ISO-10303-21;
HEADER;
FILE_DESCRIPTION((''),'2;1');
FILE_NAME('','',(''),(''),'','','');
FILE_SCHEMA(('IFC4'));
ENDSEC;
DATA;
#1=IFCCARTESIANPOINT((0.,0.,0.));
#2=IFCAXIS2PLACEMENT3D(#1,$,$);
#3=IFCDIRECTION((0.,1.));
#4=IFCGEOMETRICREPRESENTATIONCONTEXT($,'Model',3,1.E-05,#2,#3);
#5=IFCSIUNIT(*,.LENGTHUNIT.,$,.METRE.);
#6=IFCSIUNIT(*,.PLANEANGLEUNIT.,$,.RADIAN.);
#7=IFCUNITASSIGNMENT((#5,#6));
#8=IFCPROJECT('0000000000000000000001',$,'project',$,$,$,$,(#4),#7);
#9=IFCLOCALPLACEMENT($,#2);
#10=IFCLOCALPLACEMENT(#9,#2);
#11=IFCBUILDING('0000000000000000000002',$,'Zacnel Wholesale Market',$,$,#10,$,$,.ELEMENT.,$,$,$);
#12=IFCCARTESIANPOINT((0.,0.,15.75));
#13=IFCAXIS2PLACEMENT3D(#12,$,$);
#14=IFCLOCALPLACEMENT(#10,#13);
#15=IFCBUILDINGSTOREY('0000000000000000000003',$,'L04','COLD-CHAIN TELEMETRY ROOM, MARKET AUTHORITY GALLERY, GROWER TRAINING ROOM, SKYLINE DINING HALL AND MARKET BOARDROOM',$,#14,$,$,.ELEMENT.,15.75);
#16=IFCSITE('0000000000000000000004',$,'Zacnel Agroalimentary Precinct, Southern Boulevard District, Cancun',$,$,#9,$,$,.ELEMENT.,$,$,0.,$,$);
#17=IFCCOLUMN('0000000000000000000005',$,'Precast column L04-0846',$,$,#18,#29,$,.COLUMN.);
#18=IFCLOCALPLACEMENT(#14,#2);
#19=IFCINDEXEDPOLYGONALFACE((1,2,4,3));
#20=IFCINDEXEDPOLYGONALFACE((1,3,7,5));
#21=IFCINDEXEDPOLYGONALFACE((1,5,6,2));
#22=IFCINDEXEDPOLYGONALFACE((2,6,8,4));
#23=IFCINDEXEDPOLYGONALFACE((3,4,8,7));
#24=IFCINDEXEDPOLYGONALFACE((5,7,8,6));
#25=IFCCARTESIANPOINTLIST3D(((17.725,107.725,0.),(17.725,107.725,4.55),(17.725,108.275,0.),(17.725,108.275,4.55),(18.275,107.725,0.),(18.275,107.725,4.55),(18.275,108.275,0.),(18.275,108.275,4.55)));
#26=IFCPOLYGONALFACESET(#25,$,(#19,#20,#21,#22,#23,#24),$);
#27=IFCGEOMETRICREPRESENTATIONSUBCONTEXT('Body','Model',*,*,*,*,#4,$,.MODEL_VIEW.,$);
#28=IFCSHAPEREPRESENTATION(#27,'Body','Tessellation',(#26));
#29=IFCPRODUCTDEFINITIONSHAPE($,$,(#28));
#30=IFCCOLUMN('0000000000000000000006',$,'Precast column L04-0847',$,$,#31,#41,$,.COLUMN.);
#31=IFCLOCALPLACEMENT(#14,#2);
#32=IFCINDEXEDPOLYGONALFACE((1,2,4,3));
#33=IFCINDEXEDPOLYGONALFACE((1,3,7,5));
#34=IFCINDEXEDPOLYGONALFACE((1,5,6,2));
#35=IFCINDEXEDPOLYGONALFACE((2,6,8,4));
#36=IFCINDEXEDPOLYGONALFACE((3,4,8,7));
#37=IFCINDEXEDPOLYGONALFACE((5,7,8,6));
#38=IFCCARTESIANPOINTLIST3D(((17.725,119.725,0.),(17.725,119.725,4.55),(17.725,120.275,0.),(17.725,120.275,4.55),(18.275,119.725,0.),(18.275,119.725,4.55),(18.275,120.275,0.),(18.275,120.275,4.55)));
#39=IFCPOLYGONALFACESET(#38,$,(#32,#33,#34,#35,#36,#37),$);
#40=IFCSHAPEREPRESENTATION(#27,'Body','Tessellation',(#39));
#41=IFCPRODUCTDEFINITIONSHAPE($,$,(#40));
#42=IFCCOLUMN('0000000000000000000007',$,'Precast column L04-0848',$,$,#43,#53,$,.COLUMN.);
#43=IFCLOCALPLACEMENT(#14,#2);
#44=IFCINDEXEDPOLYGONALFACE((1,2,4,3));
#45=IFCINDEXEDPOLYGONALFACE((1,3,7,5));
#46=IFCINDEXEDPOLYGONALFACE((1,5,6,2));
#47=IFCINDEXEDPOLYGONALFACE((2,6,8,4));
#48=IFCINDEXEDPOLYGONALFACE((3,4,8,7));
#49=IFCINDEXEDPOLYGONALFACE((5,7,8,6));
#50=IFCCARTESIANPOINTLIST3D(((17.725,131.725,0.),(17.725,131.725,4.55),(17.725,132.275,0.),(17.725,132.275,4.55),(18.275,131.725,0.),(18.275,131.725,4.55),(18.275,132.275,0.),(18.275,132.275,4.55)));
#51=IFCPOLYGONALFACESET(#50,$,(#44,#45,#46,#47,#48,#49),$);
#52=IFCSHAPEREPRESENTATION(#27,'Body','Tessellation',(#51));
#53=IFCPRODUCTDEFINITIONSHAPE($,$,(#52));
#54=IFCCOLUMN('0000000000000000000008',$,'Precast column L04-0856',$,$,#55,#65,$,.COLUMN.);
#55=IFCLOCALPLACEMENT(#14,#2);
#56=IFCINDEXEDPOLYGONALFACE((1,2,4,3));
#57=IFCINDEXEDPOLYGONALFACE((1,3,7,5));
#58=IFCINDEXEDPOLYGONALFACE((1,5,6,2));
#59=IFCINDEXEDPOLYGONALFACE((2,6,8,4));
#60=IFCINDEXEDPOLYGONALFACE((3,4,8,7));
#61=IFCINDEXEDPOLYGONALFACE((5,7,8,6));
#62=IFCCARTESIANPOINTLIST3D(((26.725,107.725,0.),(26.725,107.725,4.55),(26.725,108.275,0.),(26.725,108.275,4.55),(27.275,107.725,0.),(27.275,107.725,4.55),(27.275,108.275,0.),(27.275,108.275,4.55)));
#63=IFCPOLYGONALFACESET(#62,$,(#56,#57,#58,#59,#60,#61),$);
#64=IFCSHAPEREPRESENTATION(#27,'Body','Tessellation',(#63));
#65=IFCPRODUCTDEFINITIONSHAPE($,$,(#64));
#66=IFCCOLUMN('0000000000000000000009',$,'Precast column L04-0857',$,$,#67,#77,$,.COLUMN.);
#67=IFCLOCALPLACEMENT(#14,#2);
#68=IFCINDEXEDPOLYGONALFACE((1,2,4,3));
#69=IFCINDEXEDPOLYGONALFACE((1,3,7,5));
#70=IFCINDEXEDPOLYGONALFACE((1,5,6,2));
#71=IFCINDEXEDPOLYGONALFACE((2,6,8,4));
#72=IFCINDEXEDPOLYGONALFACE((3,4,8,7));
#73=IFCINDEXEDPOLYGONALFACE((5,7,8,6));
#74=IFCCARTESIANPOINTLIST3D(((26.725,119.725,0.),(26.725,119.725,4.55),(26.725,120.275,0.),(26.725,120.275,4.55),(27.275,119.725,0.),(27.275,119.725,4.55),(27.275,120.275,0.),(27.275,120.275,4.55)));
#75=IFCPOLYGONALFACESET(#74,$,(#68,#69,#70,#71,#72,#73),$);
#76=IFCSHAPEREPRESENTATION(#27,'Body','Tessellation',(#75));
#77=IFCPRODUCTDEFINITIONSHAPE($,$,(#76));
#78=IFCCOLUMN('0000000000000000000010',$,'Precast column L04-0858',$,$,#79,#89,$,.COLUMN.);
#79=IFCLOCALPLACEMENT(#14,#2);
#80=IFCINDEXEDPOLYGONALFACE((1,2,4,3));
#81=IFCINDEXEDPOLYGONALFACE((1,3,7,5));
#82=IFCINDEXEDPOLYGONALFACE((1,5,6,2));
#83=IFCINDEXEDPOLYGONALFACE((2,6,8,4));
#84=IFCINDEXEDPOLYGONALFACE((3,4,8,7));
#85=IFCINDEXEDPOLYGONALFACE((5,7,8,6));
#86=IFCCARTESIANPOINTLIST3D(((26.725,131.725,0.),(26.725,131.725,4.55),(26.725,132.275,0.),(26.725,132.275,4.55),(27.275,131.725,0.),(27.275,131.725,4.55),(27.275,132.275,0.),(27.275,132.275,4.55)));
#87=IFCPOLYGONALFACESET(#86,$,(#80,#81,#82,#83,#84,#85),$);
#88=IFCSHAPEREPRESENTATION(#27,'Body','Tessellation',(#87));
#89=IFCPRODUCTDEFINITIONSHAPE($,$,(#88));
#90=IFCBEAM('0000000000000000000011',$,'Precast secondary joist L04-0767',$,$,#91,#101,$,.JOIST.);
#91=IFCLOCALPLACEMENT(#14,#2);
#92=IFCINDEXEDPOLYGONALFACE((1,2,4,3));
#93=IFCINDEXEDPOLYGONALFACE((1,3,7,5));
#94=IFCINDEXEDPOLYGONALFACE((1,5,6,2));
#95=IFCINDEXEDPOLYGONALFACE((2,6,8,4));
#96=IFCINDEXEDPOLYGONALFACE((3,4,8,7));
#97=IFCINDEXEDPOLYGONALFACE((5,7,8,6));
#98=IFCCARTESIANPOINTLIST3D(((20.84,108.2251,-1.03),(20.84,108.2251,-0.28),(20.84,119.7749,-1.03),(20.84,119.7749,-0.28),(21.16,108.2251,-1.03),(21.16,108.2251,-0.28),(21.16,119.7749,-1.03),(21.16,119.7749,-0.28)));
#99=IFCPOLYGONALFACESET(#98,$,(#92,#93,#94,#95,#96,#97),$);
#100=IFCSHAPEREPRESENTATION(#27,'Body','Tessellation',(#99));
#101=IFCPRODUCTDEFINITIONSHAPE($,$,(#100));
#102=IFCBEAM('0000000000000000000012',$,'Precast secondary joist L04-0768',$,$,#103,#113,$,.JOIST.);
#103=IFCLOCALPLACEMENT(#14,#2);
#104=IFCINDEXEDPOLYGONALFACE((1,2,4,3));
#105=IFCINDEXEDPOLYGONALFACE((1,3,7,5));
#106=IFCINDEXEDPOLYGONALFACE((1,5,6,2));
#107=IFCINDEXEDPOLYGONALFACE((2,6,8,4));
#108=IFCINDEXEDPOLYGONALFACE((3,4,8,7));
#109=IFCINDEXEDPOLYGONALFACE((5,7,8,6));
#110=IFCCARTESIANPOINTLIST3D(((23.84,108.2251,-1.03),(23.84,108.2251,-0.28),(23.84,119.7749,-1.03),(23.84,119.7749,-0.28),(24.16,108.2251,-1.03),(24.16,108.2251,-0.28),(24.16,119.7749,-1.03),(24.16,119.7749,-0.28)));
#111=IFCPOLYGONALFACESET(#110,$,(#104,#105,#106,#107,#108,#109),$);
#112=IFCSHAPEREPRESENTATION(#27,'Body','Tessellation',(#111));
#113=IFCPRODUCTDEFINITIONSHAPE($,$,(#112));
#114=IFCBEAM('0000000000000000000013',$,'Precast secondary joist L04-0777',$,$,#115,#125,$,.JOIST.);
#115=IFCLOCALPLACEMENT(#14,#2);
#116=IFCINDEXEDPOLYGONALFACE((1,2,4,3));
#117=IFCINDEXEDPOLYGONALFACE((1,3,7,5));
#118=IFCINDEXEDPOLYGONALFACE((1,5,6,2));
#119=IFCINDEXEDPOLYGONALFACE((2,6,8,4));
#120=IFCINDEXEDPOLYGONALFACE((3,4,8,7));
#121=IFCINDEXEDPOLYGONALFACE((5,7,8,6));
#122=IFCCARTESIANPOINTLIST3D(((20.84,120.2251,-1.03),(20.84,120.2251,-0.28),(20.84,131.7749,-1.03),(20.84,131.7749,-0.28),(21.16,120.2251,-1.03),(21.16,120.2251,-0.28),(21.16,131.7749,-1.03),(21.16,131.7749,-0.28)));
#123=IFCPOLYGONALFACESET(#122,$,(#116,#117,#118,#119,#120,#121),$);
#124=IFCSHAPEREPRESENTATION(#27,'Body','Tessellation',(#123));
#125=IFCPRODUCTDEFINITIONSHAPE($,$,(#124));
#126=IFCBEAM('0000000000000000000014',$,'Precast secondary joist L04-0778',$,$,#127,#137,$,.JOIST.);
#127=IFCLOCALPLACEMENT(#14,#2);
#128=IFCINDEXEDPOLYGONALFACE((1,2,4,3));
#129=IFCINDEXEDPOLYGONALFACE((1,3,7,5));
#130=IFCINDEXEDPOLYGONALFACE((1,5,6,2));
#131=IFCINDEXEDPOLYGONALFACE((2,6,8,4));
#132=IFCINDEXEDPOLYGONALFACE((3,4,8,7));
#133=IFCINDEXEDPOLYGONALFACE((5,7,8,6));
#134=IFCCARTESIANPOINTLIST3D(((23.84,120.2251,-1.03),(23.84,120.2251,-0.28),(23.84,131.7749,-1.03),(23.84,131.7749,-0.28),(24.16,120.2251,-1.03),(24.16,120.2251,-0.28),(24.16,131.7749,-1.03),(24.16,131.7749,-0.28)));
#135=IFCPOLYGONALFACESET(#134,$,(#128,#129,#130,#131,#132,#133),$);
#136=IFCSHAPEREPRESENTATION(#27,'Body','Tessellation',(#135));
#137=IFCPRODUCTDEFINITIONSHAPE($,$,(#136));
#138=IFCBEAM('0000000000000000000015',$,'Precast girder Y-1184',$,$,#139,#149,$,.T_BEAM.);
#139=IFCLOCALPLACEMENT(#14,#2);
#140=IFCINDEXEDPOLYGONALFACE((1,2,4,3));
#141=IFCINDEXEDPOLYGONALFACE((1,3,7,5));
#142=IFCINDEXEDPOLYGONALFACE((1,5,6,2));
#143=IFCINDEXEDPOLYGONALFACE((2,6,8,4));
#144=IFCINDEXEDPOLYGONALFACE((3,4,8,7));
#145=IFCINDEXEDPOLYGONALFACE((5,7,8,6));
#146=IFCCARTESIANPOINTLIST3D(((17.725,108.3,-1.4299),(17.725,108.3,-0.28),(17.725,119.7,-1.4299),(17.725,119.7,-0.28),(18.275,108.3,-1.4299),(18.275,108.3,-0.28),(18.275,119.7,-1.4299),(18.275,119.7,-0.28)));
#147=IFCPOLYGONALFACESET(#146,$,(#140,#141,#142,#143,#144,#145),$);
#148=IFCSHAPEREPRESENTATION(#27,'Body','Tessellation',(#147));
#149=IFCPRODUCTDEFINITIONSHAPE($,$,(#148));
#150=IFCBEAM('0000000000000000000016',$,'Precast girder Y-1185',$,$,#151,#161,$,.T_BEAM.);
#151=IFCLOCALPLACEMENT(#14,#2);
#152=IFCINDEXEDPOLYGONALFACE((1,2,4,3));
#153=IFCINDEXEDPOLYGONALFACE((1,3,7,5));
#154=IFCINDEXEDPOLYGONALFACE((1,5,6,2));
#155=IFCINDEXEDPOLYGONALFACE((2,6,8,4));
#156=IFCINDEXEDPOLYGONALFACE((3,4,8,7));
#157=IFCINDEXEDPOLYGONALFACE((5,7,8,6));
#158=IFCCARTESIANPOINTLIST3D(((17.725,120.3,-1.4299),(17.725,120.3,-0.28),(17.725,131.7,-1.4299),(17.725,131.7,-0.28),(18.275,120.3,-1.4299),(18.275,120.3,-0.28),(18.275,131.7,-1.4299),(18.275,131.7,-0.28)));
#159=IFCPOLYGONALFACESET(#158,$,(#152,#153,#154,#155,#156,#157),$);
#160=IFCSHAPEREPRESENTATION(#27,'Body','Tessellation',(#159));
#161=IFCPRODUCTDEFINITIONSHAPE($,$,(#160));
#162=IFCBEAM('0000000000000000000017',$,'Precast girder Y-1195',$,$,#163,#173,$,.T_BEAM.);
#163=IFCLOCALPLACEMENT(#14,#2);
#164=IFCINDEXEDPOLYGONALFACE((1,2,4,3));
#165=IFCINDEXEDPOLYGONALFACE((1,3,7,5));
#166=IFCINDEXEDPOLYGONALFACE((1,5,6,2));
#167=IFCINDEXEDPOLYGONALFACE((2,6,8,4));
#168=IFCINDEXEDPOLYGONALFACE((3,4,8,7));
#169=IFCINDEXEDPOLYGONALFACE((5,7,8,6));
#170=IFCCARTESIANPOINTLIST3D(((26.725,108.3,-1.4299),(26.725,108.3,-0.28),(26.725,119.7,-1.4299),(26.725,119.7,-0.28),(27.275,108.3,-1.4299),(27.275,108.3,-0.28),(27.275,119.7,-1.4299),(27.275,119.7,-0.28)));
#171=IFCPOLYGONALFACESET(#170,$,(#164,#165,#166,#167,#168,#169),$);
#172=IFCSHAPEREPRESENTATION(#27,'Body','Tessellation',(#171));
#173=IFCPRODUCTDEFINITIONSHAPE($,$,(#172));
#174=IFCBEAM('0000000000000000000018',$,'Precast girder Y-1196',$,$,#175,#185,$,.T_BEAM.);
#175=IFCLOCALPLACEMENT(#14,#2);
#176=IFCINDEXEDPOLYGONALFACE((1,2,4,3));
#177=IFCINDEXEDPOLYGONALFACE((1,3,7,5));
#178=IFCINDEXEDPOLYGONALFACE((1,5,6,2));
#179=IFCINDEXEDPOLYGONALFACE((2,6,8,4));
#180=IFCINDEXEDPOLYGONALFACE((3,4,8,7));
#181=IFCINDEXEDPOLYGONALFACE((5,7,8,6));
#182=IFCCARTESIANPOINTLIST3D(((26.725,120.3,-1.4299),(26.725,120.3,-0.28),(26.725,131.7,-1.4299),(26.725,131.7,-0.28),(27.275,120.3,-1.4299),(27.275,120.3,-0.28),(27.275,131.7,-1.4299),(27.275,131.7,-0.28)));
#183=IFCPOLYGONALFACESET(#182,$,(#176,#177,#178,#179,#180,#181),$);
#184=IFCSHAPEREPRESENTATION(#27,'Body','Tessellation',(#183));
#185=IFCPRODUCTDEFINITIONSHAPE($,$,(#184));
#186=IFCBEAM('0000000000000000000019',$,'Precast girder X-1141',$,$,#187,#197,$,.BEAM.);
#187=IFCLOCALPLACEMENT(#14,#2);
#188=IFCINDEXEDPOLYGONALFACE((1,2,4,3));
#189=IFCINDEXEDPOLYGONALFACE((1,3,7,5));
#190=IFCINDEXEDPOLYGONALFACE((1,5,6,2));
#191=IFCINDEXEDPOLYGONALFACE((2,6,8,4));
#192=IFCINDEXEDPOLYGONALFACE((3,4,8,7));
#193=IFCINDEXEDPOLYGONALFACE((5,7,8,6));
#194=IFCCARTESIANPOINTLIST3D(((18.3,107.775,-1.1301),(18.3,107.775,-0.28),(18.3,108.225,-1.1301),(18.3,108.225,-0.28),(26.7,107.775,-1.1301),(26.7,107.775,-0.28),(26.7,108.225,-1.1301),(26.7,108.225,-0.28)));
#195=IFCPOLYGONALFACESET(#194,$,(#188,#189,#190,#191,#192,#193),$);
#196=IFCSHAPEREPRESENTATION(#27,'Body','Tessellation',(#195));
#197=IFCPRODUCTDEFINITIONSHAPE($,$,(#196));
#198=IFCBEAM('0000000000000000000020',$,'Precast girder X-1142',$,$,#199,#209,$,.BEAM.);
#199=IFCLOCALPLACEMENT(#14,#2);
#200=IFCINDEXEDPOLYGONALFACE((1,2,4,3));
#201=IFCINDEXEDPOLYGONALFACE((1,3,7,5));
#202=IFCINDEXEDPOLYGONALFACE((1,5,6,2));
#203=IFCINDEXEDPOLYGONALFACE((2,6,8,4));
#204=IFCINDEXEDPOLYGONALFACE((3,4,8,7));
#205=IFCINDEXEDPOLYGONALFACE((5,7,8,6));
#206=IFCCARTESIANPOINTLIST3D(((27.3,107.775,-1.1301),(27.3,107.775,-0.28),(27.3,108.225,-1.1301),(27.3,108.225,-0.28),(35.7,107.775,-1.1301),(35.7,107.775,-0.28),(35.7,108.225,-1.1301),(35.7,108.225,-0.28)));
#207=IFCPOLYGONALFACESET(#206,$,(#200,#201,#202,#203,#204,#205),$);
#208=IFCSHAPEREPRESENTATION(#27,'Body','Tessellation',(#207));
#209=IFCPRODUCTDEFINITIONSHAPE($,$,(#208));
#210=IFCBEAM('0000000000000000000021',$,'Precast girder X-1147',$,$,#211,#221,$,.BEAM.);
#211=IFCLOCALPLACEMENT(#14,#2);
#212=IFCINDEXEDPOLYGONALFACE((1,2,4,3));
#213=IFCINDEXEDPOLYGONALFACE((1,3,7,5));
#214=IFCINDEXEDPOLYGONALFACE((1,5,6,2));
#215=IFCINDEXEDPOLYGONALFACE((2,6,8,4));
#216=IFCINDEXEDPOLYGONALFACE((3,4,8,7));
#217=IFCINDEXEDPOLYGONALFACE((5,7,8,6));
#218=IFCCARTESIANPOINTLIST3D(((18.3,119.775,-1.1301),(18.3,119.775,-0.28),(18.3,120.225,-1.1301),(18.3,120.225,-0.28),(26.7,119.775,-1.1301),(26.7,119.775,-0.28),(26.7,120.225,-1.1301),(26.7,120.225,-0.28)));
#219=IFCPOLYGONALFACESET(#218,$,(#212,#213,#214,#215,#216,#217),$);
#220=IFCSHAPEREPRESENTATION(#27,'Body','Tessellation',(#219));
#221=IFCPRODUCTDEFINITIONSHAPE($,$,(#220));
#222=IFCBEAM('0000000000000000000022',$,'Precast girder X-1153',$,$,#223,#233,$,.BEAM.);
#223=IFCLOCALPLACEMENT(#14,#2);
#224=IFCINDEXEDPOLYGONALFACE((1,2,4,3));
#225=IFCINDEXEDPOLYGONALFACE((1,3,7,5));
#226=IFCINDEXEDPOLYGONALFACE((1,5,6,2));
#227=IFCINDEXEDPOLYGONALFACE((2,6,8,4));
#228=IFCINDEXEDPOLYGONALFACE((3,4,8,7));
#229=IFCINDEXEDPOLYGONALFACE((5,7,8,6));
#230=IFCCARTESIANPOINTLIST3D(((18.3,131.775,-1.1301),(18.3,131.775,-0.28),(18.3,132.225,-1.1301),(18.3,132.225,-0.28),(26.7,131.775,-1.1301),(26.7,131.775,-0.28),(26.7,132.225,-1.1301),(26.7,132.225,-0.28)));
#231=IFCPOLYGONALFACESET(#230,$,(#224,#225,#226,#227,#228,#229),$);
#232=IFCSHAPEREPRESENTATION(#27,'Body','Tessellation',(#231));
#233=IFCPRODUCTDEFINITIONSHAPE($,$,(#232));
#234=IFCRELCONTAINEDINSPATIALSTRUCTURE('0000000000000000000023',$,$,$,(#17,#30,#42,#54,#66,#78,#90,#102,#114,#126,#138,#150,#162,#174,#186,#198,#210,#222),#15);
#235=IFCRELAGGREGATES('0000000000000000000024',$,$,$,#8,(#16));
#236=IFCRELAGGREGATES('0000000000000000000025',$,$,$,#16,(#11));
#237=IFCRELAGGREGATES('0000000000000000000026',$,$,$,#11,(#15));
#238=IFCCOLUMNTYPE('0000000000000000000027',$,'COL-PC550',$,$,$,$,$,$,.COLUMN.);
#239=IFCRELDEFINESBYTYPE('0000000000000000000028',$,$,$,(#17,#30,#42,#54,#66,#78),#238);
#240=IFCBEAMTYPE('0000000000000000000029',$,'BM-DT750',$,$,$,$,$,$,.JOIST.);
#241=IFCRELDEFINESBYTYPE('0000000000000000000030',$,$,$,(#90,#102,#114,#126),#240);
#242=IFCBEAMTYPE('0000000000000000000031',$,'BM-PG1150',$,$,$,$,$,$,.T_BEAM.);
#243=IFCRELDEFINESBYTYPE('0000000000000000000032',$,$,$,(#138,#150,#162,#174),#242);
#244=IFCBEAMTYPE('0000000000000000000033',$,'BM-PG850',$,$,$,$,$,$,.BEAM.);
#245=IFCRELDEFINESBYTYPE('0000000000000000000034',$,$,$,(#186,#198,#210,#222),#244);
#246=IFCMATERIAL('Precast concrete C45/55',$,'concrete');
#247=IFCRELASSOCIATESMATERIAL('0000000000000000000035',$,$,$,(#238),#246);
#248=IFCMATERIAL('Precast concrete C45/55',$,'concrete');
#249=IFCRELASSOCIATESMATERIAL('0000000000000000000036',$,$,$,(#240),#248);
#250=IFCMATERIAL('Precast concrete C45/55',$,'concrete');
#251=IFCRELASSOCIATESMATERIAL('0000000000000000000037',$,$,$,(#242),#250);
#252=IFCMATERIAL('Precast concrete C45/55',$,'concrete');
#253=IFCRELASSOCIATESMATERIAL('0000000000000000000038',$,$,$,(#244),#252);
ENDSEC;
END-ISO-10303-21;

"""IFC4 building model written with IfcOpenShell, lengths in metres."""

from ifc_helpers import new_model, si_unit, direction, frame, origin, origin_2d, place, context, subcontext, project, spatial, rectangle, extrude, material, material_profile, profile_set, type_object, element, save


model = new_model("IFC4")

# Units and contexts
model_context = context("Model", 3, precision=1e-05, world=origin(), true_north=direction((0.0, 1.0)))
body_context = subcontext(model_context, "Body", "Model", "MODEL_VIEW")
ifc_project = project(units=[si_unit("LENGTHUNIT", "METRE"), si_unit("PLANEANGLEUNIT", "RADIAN")], contexts=[model_context])

# Site, building, storey
site_placement = place(None, origin())
site = spatial("IfcSite", under=ifc_project, at=site_placement, Name="Zacnel Agroalimentary Precinct, Southern Boulevard District, Cancun", CompositionType="ELEMENT", RefElevation=0.0)
building_placement = place(site_placement, origin())
building = spatial("IfcBuilding", under=site, at=building_placement, Name="Zacnel Wholesale Market", CompositionType="ELEMENT")
storey_placement = place(building_placement, frame((0.0, 0.0, 15.75)))
storey = spatial("IfcBuildingStorey", under=building, at=storey_placement, Name="L04", Description="COLD-CHAIN TELEMETRY ROOM, MARKET AUTHORITY GALLERY, GROWER TRAINING ROOM, SKYLINE DINING HALL AND MARKET BOARDROOM", CompositionType="ELEMENT", Elevation=15.75)

# Columns
ifc_material_1 = material(Name="Precast concrete C45/55", Category="concrete")
ifc_material_profile_1 = material_profile(ifc_material_1, rectangle(XDim=0.55, YDim=0.55, at=origin_2d()), Name="PC 550x550")
ifc_profile_set_1 = profile_set([ifc_material_profile_1], Name="Precast concrete C45/55")
column_type = type_object("IfcColumnType", Name="COL-PC550", PredefinedType="COLUMN", material=ifc_profile_set_1)
for number, where, z_axis, x_axis, name in (
    (1, (18.0, 108.0, 0.0), (0.0, 0.0, 1.0), (1.0, 0.0, 0.0), "Precast column L04-0846"),
    (2, (18.0, 120.0, 0.0), (0.0, 0.0, 1.0), (1.0, 0.0, 0.0), "Precast column L04-0847"),
    (3, (18.0, 132.0, 0.0), (0.0, 0.0, 1.0), (1.0, 0.0, 0.0), "Precast column L04-0848"),
    (4, (27.0, 108.0, 0.0), (0.0, 0.0, 1.0), (1.0, 0.0, 0.0), "Precast column L04-0856"),
    (5, (27.0, 120.0, 0.0), (0.0, 0.0, 1.0), (1.0, 0.0, 0.0), "Precast column L04-0857"),
    (6, (27.0, 132.0, 0.0), (0.0, 0.0, 1.0), (1.0, 0.0, 0.0), "Precast column L04-0858"),
):
    element("IfcColumn", number, at=place(storey_placement, frame(where, z_axis=z_axis, x_axis=x_axis)), inside=storey, type_object=column_type, Name=name, PredefinedType="COLUMN", context=body_context, shape_type="SweptSolid", body=[
        extrude(rectangle(XDim=0.55, YDim=0.55, at=origin_2d()), origin(), (0.0, 0.0, 1.0), 4.55),
    ])

# Beams
ifc_material_2 = material(Name="Precast concrete C45/55", Category="concrete")
ifc_material_profile_2 = material_profile(ifc_material_2, rectangle(XDim=0.3201, YDim=0.75, at=origin_2d()), Name="DT RIB 320x750")
ifc_profile_set_2 = profile_set([ifc_material_profile_2], Name="Precast concrete C45/55")
beam_type_1 = type_object("IfcBeamType", Name="BM-DT750", PredefinedType="JOIST", material=ifc_profile_set_2)
for number, where, z_axis, x_axis, name in (
    (7, (21.0, 108.2251, -0.655), (0.0, 1.0, 0.0), (-1.0, 0.0, 0.0), "Precast secondary joist L04-0767"),
    (8, (24.0, 108.2251, -0.655), (0.0, 1.0, 0.0), (-1.0, 0.0, 0.0), "Precast secondary joist L04-0768"),
    (9, (21.0, 120.2251, -0.655), (0.0, 1.0, 0.0), (-1.0, 0.0, 0.0), "Precast secondary joist L04-0777"),
    (10, (24.0, 120.2251, -0.655), (0.0, 1.0, 0.0), (-1.0, 0.0, 0.0), "Precast secondary joist L04-0778"),
):
    element("IfcBeam", number, at=place(storey_placement, frame(where, z_axis=z_axis, x_axis=x_axis)), inside=storey, type_object=beam_type_1, Name=name, PredefinedType="JOIST", context=body_context, shape_type="SweptSolid", body=[
        extrude(rectangle(XDim=0.3201, YDim=0.75, at=origin_2d()), origin(), (0.0, 0.0, 1.0), 11.5498),
    ])
ifc_material_3 = material(Name="Precast concrete C45/55", Category="concrete")
ifc_material_profile_3 = material_profile(ifc_material_3, rectangle(XDim=0.55, YDim=1.1499, at=origin_2d()), Name="PG 550x1150")
ifc_profile_set_3 = profile_set([ifc_material_profile_3], Name="Precast concrete C45/55")
beam_type_2 = type_object("IfcBeamType", Name="BM-PG1150", PredefinedType="T_BEAM", material=ifc_profile_set_3)
for number, where, z_axis, x_axis, name in (
    (11, (18.0, 108.3, -0.855), (0.0, 1.0, 0.0), (-1.0, 0.0, 0.0), "Precast girder Y-1184"),
    (12, (18.0, 120.3, -0.855), (0.0, 1.0, 0.0), (-1.0, 0.0, 0.0), "Precast girder Y-1185"),
    (13, (27.0, 108.3, -0.855), (0.0, 1.0, 0.0), (-1.0, 0.0, 0.0), "Precast girder Y-1195"),
    (14, (27.0, 120.3, -0.855), (0.0, 1.0, 0.0), (-1.0, 0.0, 0.0), "Precast girder Y-1196"),
):
    element("IfcBeam", number, at=place(storey_placement, frame(where, z_axis=z_axis, x_axis=x_axis)), inside=storey, type_object=beam_type_2, Name=name, PredefinedType="T_BEAM", context=body_context, shape_type="SweptSolid", body=[
        extrude(rectangle(XDim=0.55, YDim=1.1499, at=origin_2d()), origin(), (0.0, 0.0, 1.0), 11.3999),
    ])
ifc_material_4 = material(Name="Precast concrete C45/55", Category="concrete")
ifc_material_profile_4 = material_profile(ifc_material_4, rectangle(XDim=0.45, YDim=0.8501, at=origin_2d()), Name="PG 450x850")
ifc_profile_set_4 = profile_set([ifc_material_profile_4], Name="Precast concrete C45/55")
beam_type_3 = type_object("IfcBeamType", Name="BM-PG850", PredefinedType="BEAM", material=ifc_profile_set_4)
for number, where, z_axis, x_axis, name in (
    (15, (18.3, 108.0, -0.7051), (1.0, 0.0, 0.0), (0.0, 1.0, 0.0), "Precast girder X-1141"),
    (16, (27.3, 108.0, -0.7051), (1.0, 0.0, 0.0), (0.0, 1.0, 0.0), "Precast girder X-1142"),
    (17, (18.3, 120.0, -0.7051), (1.0, 0.0, 0.0), (0.0, 1.0, 0.0), "Precast girder X-1147"),
    (18, (18.3, 132.0, -0.7051), (1.0, 0.0, 0.0), (0.0, 1.0, 0.0), "Precast girder X-1153"),
):
    element("IfcBeam", number, at=place(storey_placement, frame(where, z_axis=z_axis, x_axis=x_axis)), inside=storey, type_object=beam_type_3, Name=name, PredefinedType="BEAM", context=body_context, shape_type="SweptSolid", body=[
        extrude(rectangle(XDim=0.45, YDim=0.8501, at=origin_2d()), origin(), (0.0, 0.0, 1.0), 8.3999),
    ])

save(model, "model.ifc")
